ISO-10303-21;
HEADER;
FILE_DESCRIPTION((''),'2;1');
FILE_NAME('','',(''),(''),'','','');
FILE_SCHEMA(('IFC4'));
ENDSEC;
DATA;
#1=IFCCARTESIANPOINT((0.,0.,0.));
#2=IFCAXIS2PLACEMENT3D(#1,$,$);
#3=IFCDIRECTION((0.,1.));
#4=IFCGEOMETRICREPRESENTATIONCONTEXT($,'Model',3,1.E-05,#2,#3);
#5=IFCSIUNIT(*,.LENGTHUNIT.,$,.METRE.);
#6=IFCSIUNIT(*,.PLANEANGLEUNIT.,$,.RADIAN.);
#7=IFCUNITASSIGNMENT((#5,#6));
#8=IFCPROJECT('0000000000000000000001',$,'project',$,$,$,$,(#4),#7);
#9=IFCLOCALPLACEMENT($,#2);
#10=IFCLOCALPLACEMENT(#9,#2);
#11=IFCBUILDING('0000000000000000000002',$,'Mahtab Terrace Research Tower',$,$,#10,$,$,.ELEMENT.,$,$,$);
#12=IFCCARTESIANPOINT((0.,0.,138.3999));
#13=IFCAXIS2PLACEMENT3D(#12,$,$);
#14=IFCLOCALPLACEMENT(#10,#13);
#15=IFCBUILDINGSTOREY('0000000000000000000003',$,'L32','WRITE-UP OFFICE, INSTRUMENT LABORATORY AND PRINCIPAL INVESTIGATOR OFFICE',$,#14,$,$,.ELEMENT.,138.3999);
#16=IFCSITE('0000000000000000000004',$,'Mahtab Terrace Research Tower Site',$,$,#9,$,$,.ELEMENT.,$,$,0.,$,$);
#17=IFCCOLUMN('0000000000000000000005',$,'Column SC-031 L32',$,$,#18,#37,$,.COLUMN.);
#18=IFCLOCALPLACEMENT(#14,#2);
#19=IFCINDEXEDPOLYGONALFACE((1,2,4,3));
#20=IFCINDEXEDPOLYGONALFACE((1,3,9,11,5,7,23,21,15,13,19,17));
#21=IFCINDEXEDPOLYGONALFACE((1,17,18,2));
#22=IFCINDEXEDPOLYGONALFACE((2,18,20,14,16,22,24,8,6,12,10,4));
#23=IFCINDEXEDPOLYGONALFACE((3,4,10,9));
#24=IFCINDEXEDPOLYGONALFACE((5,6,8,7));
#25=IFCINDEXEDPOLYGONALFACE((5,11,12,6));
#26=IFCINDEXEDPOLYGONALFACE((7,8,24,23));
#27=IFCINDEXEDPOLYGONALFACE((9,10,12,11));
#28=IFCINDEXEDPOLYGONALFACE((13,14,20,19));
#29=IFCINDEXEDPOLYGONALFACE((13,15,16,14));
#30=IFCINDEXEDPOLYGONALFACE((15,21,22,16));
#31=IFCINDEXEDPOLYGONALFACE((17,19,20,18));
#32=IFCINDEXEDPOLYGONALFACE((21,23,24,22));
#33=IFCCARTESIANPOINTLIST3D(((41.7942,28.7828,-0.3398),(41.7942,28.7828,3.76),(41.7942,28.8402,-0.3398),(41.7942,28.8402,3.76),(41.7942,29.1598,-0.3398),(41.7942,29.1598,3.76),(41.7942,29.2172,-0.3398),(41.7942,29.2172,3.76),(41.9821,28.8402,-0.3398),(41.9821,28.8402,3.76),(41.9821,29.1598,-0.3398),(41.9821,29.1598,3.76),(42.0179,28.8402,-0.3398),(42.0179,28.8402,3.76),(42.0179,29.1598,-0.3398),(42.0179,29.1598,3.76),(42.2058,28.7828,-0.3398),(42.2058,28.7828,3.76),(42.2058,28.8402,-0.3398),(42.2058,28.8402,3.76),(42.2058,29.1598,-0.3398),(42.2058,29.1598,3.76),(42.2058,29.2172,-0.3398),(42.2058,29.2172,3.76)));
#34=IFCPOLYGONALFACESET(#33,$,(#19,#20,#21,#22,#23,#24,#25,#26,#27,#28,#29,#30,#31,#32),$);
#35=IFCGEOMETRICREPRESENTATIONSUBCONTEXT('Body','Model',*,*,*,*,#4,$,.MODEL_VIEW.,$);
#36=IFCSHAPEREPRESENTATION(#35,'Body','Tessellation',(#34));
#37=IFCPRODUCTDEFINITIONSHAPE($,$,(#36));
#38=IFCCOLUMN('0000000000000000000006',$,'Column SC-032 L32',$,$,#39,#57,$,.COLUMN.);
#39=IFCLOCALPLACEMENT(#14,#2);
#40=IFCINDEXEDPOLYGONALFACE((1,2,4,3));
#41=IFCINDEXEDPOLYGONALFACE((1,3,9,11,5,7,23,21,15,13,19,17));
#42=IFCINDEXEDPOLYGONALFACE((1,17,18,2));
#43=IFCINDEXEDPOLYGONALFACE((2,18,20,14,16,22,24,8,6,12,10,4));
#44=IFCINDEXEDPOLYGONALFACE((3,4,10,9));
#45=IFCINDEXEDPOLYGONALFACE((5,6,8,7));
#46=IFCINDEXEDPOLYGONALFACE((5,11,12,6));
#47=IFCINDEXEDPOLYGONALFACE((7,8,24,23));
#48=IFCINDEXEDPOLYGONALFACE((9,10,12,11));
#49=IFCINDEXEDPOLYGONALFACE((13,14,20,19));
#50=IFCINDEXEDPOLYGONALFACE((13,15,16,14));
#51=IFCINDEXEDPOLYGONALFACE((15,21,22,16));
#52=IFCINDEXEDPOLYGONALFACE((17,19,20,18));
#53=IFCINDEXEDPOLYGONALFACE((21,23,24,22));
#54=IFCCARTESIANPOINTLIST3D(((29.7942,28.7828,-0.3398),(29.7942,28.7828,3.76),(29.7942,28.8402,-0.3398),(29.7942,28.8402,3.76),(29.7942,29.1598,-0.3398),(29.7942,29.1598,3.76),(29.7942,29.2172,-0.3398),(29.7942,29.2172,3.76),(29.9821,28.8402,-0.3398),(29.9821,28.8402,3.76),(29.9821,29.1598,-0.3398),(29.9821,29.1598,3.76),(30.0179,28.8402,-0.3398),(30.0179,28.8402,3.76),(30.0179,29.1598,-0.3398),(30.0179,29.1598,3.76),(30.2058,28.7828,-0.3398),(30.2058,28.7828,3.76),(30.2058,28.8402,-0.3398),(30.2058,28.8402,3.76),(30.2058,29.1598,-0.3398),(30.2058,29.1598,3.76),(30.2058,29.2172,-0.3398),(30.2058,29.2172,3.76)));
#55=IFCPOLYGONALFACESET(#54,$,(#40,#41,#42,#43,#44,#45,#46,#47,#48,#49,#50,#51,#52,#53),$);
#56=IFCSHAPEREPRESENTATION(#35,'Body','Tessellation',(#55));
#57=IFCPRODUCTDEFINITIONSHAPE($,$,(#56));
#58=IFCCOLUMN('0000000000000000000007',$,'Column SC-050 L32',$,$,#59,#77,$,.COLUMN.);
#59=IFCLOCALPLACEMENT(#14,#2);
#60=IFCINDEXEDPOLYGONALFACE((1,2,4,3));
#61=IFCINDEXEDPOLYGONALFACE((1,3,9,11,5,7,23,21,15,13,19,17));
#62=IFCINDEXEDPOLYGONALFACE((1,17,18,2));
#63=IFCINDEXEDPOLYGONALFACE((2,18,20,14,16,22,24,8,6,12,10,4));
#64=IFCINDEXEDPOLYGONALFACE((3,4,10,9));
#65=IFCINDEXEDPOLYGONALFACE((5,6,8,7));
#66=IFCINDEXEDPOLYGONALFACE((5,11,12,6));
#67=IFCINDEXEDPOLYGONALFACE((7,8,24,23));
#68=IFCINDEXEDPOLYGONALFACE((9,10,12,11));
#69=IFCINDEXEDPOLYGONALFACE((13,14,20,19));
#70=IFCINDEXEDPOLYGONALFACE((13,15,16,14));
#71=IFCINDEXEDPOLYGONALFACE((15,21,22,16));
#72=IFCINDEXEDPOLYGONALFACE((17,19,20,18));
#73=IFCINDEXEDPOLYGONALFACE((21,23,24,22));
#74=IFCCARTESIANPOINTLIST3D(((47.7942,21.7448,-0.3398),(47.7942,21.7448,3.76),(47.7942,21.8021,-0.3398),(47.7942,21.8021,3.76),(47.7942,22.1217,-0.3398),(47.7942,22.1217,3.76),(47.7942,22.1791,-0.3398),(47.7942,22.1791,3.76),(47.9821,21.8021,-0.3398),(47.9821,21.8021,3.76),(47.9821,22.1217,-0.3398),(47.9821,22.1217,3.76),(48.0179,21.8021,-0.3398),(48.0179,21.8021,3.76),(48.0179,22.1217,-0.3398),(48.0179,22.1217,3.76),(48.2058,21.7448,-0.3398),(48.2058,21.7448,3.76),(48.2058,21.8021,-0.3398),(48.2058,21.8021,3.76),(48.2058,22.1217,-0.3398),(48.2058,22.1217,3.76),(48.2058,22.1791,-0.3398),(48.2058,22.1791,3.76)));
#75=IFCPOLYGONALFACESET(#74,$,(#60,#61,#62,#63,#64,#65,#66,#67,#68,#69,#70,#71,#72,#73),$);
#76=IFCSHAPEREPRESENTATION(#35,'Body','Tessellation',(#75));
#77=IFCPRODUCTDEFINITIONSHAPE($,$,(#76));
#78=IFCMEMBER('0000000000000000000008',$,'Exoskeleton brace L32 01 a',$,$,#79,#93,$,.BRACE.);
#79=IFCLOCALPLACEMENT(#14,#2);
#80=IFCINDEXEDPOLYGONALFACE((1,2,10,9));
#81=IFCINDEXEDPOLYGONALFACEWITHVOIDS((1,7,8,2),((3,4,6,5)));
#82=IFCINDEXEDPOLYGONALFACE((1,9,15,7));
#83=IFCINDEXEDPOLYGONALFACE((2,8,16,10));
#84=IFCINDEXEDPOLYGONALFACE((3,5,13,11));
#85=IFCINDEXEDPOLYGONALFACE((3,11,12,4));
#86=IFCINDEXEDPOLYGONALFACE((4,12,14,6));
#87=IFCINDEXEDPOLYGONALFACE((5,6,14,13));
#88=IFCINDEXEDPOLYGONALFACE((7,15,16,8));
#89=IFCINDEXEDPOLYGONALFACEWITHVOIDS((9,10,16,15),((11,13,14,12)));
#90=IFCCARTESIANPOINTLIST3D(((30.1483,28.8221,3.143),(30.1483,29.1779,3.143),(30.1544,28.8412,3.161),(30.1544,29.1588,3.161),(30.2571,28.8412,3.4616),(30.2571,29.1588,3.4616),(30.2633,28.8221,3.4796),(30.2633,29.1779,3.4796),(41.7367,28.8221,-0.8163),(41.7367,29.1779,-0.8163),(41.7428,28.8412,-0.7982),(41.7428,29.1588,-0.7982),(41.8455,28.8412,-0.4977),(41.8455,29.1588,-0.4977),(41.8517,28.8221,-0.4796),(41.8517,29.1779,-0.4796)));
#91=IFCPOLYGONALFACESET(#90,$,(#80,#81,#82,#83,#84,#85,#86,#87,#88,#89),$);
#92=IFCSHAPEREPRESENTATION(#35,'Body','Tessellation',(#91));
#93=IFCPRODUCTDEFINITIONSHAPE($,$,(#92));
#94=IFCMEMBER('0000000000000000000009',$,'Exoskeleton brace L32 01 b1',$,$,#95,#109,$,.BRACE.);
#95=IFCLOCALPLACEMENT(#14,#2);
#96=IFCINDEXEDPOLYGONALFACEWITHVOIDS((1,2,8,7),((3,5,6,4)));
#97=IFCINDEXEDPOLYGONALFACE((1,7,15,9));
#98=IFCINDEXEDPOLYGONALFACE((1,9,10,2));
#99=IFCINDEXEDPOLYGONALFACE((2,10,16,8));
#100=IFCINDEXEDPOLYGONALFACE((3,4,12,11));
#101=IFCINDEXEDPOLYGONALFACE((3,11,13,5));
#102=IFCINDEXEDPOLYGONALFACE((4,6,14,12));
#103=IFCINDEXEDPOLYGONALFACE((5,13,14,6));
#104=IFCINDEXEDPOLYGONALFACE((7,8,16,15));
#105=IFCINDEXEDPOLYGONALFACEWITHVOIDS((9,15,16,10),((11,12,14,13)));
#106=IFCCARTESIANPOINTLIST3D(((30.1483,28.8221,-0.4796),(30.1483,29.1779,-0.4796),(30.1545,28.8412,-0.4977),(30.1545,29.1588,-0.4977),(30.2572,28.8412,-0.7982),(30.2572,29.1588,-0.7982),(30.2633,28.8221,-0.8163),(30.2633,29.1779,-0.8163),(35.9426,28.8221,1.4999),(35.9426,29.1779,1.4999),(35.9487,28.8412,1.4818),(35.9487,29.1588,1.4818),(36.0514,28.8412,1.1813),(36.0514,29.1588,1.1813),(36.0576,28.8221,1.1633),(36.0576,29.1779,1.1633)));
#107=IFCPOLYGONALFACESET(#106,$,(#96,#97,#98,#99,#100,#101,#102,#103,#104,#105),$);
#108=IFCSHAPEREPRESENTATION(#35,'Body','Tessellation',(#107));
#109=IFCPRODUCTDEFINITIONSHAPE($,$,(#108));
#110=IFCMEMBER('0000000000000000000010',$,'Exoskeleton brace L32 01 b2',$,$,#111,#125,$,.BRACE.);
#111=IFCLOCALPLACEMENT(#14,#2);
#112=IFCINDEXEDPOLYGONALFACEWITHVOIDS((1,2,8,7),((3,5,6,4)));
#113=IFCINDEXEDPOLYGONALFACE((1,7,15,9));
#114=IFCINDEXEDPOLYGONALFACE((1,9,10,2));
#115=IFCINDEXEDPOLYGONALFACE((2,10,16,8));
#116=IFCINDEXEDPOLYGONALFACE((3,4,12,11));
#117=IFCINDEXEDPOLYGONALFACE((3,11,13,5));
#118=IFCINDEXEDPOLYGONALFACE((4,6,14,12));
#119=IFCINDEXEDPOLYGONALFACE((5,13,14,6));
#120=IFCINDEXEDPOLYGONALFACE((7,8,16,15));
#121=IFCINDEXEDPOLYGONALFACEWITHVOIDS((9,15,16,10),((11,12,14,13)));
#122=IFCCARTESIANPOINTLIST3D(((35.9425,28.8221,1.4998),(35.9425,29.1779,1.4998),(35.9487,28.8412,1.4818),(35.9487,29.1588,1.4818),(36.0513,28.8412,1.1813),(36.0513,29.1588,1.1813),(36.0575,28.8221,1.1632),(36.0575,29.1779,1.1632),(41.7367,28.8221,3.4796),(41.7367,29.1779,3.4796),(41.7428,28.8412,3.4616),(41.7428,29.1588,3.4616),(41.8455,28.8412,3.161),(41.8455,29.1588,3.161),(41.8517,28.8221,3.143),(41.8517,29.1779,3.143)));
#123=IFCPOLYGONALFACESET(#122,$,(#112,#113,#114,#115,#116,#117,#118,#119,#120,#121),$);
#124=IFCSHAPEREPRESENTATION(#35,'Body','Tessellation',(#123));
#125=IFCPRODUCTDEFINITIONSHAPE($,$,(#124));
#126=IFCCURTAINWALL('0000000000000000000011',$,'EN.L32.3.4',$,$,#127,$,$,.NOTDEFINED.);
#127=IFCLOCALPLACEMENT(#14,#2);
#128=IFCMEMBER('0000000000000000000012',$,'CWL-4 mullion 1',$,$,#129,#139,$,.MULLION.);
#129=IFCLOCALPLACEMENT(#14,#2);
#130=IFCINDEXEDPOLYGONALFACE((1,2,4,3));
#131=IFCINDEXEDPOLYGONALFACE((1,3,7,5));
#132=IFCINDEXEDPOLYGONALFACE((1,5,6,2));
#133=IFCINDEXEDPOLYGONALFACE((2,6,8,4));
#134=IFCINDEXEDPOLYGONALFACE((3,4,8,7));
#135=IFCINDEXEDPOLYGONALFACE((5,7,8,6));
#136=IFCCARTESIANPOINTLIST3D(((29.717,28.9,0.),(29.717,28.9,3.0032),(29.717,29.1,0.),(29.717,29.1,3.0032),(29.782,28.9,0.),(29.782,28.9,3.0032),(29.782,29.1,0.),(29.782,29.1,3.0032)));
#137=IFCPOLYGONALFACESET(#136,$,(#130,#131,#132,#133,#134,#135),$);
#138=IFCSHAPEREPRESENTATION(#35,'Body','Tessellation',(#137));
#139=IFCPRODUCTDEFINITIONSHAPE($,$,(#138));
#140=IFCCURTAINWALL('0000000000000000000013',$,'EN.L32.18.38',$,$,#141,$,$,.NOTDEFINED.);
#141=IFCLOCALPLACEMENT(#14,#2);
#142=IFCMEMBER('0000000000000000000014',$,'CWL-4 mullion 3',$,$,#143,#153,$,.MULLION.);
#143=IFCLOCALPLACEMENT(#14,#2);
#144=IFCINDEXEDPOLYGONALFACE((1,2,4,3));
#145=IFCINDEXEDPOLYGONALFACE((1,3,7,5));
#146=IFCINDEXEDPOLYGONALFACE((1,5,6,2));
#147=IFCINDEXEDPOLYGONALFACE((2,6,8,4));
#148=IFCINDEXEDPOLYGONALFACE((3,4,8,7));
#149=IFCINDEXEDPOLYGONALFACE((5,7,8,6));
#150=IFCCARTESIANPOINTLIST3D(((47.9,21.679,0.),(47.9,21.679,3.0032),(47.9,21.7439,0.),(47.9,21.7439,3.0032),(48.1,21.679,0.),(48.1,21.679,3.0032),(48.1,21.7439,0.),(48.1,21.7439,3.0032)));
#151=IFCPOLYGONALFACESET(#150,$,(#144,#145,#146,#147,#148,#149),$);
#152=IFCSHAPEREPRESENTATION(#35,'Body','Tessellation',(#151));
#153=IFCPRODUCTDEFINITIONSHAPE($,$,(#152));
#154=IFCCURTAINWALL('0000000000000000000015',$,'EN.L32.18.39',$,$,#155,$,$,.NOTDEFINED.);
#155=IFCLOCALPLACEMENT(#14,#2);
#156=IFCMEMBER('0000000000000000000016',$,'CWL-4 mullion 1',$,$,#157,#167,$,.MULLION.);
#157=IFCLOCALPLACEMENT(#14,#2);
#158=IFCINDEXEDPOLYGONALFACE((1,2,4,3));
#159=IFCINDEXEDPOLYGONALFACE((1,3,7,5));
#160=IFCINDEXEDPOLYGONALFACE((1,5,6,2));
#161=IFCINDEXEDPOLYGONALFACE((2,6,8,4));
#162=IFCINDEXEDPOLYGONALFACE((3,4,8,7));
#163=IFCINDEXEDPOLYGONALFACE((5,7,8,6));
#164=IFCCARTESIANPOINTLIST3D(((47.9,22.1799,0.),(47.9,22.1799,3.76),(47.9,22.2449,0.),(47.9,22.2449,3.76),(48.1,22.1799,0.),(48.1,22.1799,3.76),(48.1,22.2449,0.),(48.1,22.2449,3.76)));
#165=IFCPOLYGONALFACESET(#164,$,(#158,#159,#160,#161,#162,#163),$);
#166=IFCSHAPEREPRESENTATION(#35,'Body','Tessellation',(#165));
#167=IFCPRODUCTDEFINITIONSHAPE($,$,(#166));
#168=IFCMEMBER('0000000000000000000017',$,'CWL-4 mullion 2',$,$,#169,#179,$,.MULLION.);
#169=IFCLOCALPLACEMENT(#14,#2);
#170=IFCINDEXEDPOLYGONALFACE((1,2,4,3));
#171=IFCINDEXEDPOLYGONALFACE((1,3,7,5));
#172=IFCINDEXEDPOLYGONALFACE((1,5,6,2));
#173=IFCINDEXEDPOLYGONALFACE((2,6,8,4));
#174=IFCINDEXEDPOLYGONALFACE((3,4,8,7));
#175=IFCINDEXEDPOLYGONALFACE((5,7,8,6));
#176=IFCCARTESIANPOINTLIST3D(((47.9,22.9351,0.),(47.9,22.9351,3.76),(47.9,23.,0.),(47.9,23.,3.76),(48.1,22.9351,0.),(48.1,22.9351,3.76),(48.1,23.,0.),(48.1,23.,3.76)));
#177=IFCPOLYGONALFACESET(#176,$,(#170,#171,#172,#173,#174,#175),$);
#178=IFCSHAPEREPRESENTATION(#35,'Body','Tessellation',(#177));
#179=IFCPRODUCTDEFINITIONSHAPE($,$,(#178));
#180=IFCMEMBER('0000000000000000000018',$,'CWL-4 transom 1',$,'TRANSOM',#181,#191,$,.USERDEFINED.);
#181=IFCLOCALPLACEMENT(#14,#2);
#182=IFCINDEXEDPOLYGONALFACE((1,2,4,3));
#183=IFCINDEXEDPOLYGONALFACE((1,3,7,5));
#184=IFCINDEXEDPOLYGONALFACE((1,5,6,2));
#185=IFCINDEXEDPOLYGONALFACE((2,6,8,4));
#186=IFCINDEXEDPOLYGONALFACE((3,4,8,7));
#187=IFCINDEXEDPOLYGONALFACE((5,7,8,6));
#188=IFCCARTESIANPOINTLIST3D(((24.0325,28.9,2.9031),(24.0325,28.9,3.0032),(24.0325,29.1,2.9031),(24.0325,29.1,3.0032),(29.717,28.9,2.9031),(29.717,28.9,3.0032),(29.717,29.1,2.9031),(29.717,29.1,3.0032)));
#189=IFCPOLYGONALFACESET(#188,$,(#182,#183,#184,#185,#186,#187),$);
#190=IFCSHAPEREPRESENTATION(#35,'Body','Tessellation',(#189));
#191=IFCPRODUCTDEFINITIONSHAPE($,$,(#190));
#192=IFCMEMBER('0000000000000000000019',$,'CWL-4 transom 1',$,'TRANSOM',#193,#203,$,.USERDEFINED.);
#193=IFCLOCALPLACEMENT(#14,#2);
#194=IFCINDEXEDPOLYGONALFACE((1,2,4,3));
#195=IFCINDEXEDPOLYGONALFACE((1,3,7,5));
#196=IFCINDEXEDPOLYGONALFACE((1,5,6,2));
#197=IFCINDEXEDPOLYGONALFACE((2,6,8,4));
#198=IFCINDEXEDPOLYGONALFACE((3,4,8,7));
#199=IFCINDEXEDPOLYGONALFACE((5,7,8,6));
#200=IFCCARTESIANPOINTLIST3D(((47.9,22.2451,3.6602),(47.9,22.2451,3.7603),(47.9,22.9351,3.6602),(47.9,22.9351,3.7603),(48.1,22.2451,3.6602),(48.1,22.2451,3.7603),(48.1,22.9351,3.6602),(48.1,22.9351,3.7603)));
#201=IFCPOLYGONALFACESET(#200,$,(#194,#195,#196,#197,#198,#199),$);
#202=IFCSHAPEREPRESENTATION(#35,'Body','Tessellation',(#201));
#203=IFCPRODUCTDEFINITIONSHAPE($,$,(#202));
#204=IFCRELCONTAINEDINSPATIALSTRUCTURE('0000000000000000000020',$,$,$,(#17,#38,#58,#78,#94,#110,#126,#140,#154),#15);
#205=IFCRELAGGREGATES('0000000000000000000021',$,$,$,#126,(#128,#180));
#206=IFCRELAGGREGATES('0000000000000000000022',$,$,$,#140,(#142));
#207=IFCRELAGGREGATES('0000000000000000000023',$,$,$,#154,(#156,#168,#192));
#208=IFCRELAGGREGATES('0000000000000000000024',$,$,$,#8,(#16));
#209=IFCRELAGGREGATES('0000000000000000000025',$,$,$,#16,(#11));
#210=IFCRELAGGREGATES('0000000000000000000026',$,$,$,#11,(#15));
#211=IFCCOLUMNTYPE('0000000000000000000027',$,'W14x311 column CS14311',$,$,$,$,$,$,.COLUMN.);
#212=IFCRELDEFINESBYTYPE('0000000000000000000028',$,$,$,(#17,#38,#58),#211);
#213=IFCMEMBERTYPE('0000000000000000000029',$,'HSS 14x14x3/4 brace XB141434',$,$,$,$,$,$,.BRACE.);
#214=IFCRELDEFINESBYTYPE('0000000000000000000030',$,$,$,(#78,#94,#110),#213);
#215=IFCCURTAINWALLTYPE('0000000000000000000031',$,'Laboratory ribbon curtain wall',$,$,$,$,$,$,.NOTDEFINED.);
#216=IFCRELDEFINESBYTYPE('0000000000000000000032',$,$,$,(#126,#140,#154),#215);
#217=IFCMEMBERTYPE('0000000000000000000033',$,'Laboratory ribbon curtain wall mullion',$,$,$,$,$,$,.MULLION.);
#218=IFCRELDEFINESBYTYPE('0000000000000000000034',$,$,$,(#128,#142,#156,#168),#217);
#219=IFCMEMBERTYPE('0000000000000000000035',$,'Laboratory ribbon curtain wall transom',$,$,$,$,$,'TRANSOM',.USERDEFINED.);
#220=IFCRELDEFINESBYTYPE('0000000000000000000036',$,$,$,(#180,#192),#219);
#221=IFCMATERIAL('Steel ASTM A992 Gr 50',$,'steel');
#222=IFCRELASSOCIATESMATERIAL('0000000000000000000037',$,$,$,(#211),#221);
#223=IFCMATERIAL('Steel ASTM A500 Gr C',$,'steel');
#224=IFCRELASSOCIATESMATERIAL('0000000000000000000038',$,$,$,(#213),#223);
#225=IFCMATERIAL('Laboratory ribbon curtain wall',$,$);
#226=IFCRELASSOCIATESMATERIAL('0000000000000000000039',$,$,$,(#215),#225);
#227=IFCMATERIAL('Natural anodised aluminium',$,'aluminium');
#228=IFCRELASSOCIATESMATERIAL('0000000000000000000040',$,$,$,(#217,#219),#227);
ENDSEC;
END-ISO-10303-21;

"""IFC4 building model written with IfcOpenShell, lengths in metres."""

from ifc_helpers import new_model, si_unit, direction, frame, origin, origin_2d, place, context, subcontext, project, spatial, rectangle, hollow_rectangle, i_section, extrude, material, material_profile, profile_set, type_object, element, aggregate, save


model = new_model("IFC4")

# Units and contexts
model_context = context("Model", 3, precision=1e-05, world=origin(), true_north=direction((0.0, 1.0)))
body_context = subcontext(model_context, "Body", "Model", "MODEL_VIEW")
ifc_project = project(units=[si_unit("LENGTHUNIT", "METRE"), si_unit("PLANEANGLEUNIT", "RADIAN")], contexts=[model_context])

# Site, building, storey
site_placement = place(None, origin())
site = spatial("IfcSite", under=ifc_project, at=site_placement, Name="Mahtab Terrace Research Tower Site", CompositionType="ELEMENT", RefElevation=0.0)
building_placement = place(site_placement, origin())
building = spatial("IfcBuilding", under=site, at=building_placement, Name="Mahtab Terrace Research Tower", CompositionType="ELEMENT")
storey_placement = place(building_placement, frame((0.0, 0.0, 138.3999)))
storey = spatial("IfcBuildingStorey", under=building, at=storey_placement, Name="L32", Description="WRITE-UP OFFICE, INSTRUMENT LABORATORY AND PRINCIPAL INVESTIGATOR OFFICE", CompositionType="ELEMENT", Elevation=138.3999)

# Columns
ifc_material_1 = material(Name="Steel ASTM A992 Gr 50", Category="steel")
ifc_material_profile_1 = material_profile(ifc_material_1, i_section(OverallWidth=0.4116, OverallDepth=0.4343, WebThickness=0.0359, FlangeThickness=0.0574, at=origin_2d()), Name="W14X311")
ifc_profile_set_1 = profile_set([ifc_material_profile_1], Name="Steel ASTM A992 Gr 50")
column_type = type_object("IfcColumnType", Name="W14x311 column CS14311", PredefinedType="COLUMN", material=ifc_profile_set_1)
for number, where, z_axis, x_axis, name in (
    (1, (42.0, 29.0, -0.3398), (0.0, 0.0, 1.0), (1.0, 0.0, 0.0), "Column SC-031 L32"),
    (2, (30.0, 29.0, -0.3398), (0.0, 0.0, 1.0), (1.0, 0.0, 0.0), "Column SC-032 L32"),
    (3, (48.0, 21.9619, -0.3398), (0.0, 0.0, 1.0), (1.0, 0.0, 0.0), "Column SC-050 L32"),
):
    element("IfcColumn", number, at=place(storey_placement, frame(where, z_axis=z_axis, x_axis=x_axis)), inside=storey, type_object=column_type, Name=name, PredefinedType="COLUMN", context=body_context, shape_type="SweptSolid", body=[
        extrude(i_section(OverallWidth=0.4116, OverallDepth=0.4343, WebThickness=0.0359, FlangeThickness=0.0574, at=origin_2d()), origin(), (0.0, 0.0, 1.0), 4.0999),
    ])

# Members
ifc_material_2 = material(Name="Steel ASTM A500 Gr C", Category="steel")
ifc_material_profile_2 = material_profile(ifc_material_2, hollow_rectangle(XDim=0.3557, YDim=0.3557, WallThickness=0.019, at=origin_2d()), Name="HSS14X14X3/4")
ifc_profile_set_2 = profile_set([ifc_material_profile_2], Name="Steel ASTM A500 Gr C")
member_type_1 = type_object("IfcMemberType", Name="HSS 14x14x3/4 brace XB141434", PredefinedType="BRACE", material=ifc_profile_set_2)
member_1_placement = place(storey_placement, frame((41.7942, 29.0, -0.6479), z_axis=(-0.946294, 0.0, 0.323306), x_axis=(0.0, -1.0, 0.0)))
element("IfcMember", 4, at=member_1_placement, inside=storey, type_object=member_type_1, Name="Exoskeleton brace L32 01 a", PredefinedType="BRACE", context=body_context, shape_type="SweptSolid", body=[
    extrude(hollow_rectangle(XDim=0.3557, YDim=0.3557, WallThickness=0.019, at=origin_2d()), origin(), (0.0, 0.0, 1.0), 12.2461),
])
for number, where, z_axis, x_axis, name in (
    (5, (30.2058, 29.0, -0.6479), (0.9463, 0.0, 0.323288), (0.0, 1.0, 0.0), "Exoskeleton brace L32 01 b1"),
    (6, (36.0, 29.0, 1.3315), (0.946288, 0.0, 0.323324), (0.0, 1.0, 0.0), "Exoskeleton brace L32 01 b2"),
):
    element("IfcMember", number, at=place(storey_placement, frame(where, z_axis=z_axis, x_axis=x_axis)), inside=storey, type_object=member_type_1, Name=name, PredefinedType="BRACE", context=body_context, shape_type="SweptSolid", body=[
        extrude(hollow_rectangle(XDim=0.3557, YDim=0.3557, WallThickness=0.019, at=origin_2d()), origin(), (0.0, 0.0, 1.0), 6.123),
    ])

# Curtain walls, members
ifc_material_3 = material(Name="Laboratory ribbon curtain wall")
curtain_wall_type = type_object("IfcCurtainWallType", Name="Laboratory ribbon curtain wall", PredefinedType="NOTDEFINED", material=ifc_material_3)
curtain_wall_1_placement = place(storey_placement, origin())
curtain_wall_1 = element("IfcCurtainWall", 7, at=curtain_wall_1_placement, inside=storey, type_object=curtain_wall_type, Name="EN.L32.3.4", PredefinedType="NOTDEFINED")
ifc_material_4 = material(Name="Natural anodised aluminium", Category="aluminium")
ifc_material_profile_3 = material_profile(ifc_material_4, rectangle(XDim=0.2, YDim=0.0649, at=origin_2d()), Name="MULLION 65x200")
ifc_profile_set_3 = profile_set([ifc_material_profile_3], Name="Natural anodised aluminium")
member_type_2 = type_object("IfcMemberType", Name="Laboratory ribbon curtain wall mullion", PredefinedType="MULLION", material=ifc_profile_set_3)
member_2_placement = place(storey_placement, frame((29.7495, 29.0, 0.0), z_axis=(0.0, 0.0, 1.0), x_axis=(0.0, -1.0, 0.0)))
member_2 = element("IfcMember", 8, at=member_2_placement, type_object=member_type_2, Name="CWL-4 mullion 1", PredefinedType="MULLION", context=body_context, shape_type="SweptSolid", body=[
    extrude(rectangle(XDim=0.2, YDim=0.0649, at=origin_2d()), origin(), (0.0, 0.0, 1.0), 3.0032),
])
curtain_wall_2_placement = place(storey_placement, origin())
curtain_wall_2 = element("IfcCurtainWall", 9, at=curtain_wall_2_placement, inside=storey, type_object=curtain_wall_type, Name="EN.L32.18.38", PredefinedType="NOTDEFINED")
member_3_placement = place(storey_placement, frame((48.0, 21.7114, 0.0), z_axis=(0.0, 0.0, 1.0), x_axis=(-1.0, 0.0, 0.0)))
member_3 = element("IfcMember", 10, at=member_3_placement, type_object=member_type_2, Name="CWL-4 mullion 3", PredefinedType="MULLION", context=body_context, shape_type="SweptSolid", body=[
    extrude(rectangle(XDim=0.2, YDim=0.0649, at=origin_2d()), origin(), (0.0, 0.0, 1.0), 3.0032),
])

# Curtain wall, members
curtain_wall_3_placement = place(storey_placement, origin())
curtain_wall_3 = element("IfcCurtainWall", 11, at=curtain_wall_3_placement, inside=storey, type_object=curtain_wall_type, Name="EN.L32.18.39", PredefinedType="NOTDEFINED")
member_4_placement = place(storey_placement, frame((48.0, 22.2124, 0.0), z_axis=(0.0, 0.0, 1.0), x_axis=(-1.0, 0.0, 0.0)))
member_4 = element("IfcMember", 12, at=member_4_placement, type_object=member_type_2, Name="CWL-4 mullion 1", PredefinedType="MULLION", context=body_context, shape_type="SweptSolid", body=[
    extrude(rectangle(XDim=0.2, YDim=0.0649, at=origin_2d()), origin(), (0.0, 0.0, 1.0), 3.76),
])
member_5_placement = place(storey_placement, frame((48.0, 22.9675, 0.0), z_axis=(0.0, 0.0, 1.0), x_axis=(-1.0, 0.0, 0.0)))
member_5 = element("IfcMember", 13, at=member_5_placement, type_object=member_type_2, Name="CWL-4 mullion 2", PredefinedType="MULLION", context=body_context, shape_type="SweptSolid", body=[
    extrude(rectangle(XDim=0.2, YDim=0.0649, at=origin_2d()), origin(), (0.0, 0.0, 1.0), 3.76),
])

# Members
ifc_material_profile_4 = material_profile(ifc_material_4, rectangle(XDim=0.2, YDim=0.1001, at=origin_2d()), Name="TRANSOM 100x200")
ifc_profile_set_4 = profile_set([ifc_material_profile_4], Name="Natural anodised aluminium")
member_type_3 = type_object("IfcMemberType", Name="Laboratory ribbon curtain wall transom", ElementType="TRANSOM", PredefinedType="USERDEFINED", material=ifc_profile_set_4)
member_6_placement = place(storey_placement, frame((29.717, 29.0, 2.9531), z_axis=(-1.0, 0.0, 0.0), x_axis=(0.0, -1.0, 0.0)))
member_6 = element("IfcMember", 14, at=member_6_placement, type_object=member_type_3, Name="CWL-4 transom 1", ObjectType="TRANSOM", PredefinedType="USERDEFINED", context=body_context, shape_type="SweptSolid", body=[
    extrude(rectangle(XDim=0.2, YDim=0.1001, at=origin_2d()), origin(), (0.0, 0.0, 1.0), 5.6846),
])
member_7_placement = place(storey_placement, frame((48.0, 22.2451, 3.7102), z_axis=(0.0, 1.0, 0.0), x_axis=(-1.0, 0.0, 0.0)))
member_7 = element("IfcMember", 15, at=member_7_placement, type_object=member_type_3, Name="CWL-4 transom 1", ObjectType="TRANSOM", PredefinedType="USERDEFINED", context=body_context, shape_type="SweptSolid", body=[
    extrude(rectangle(XDim=0.2, YDim=0.1001, at=origin_2d()), origin(), (0.0, 0.0, 1.0), 0.6899),
])

aggregate(curtain_wall_1, [member_2, member_6])
aggregate(curtain_wall_2, [member_3])
aggregate(curtain_wall_3, [member_4, member_5, member_7])

save(model, "model.ifc")
